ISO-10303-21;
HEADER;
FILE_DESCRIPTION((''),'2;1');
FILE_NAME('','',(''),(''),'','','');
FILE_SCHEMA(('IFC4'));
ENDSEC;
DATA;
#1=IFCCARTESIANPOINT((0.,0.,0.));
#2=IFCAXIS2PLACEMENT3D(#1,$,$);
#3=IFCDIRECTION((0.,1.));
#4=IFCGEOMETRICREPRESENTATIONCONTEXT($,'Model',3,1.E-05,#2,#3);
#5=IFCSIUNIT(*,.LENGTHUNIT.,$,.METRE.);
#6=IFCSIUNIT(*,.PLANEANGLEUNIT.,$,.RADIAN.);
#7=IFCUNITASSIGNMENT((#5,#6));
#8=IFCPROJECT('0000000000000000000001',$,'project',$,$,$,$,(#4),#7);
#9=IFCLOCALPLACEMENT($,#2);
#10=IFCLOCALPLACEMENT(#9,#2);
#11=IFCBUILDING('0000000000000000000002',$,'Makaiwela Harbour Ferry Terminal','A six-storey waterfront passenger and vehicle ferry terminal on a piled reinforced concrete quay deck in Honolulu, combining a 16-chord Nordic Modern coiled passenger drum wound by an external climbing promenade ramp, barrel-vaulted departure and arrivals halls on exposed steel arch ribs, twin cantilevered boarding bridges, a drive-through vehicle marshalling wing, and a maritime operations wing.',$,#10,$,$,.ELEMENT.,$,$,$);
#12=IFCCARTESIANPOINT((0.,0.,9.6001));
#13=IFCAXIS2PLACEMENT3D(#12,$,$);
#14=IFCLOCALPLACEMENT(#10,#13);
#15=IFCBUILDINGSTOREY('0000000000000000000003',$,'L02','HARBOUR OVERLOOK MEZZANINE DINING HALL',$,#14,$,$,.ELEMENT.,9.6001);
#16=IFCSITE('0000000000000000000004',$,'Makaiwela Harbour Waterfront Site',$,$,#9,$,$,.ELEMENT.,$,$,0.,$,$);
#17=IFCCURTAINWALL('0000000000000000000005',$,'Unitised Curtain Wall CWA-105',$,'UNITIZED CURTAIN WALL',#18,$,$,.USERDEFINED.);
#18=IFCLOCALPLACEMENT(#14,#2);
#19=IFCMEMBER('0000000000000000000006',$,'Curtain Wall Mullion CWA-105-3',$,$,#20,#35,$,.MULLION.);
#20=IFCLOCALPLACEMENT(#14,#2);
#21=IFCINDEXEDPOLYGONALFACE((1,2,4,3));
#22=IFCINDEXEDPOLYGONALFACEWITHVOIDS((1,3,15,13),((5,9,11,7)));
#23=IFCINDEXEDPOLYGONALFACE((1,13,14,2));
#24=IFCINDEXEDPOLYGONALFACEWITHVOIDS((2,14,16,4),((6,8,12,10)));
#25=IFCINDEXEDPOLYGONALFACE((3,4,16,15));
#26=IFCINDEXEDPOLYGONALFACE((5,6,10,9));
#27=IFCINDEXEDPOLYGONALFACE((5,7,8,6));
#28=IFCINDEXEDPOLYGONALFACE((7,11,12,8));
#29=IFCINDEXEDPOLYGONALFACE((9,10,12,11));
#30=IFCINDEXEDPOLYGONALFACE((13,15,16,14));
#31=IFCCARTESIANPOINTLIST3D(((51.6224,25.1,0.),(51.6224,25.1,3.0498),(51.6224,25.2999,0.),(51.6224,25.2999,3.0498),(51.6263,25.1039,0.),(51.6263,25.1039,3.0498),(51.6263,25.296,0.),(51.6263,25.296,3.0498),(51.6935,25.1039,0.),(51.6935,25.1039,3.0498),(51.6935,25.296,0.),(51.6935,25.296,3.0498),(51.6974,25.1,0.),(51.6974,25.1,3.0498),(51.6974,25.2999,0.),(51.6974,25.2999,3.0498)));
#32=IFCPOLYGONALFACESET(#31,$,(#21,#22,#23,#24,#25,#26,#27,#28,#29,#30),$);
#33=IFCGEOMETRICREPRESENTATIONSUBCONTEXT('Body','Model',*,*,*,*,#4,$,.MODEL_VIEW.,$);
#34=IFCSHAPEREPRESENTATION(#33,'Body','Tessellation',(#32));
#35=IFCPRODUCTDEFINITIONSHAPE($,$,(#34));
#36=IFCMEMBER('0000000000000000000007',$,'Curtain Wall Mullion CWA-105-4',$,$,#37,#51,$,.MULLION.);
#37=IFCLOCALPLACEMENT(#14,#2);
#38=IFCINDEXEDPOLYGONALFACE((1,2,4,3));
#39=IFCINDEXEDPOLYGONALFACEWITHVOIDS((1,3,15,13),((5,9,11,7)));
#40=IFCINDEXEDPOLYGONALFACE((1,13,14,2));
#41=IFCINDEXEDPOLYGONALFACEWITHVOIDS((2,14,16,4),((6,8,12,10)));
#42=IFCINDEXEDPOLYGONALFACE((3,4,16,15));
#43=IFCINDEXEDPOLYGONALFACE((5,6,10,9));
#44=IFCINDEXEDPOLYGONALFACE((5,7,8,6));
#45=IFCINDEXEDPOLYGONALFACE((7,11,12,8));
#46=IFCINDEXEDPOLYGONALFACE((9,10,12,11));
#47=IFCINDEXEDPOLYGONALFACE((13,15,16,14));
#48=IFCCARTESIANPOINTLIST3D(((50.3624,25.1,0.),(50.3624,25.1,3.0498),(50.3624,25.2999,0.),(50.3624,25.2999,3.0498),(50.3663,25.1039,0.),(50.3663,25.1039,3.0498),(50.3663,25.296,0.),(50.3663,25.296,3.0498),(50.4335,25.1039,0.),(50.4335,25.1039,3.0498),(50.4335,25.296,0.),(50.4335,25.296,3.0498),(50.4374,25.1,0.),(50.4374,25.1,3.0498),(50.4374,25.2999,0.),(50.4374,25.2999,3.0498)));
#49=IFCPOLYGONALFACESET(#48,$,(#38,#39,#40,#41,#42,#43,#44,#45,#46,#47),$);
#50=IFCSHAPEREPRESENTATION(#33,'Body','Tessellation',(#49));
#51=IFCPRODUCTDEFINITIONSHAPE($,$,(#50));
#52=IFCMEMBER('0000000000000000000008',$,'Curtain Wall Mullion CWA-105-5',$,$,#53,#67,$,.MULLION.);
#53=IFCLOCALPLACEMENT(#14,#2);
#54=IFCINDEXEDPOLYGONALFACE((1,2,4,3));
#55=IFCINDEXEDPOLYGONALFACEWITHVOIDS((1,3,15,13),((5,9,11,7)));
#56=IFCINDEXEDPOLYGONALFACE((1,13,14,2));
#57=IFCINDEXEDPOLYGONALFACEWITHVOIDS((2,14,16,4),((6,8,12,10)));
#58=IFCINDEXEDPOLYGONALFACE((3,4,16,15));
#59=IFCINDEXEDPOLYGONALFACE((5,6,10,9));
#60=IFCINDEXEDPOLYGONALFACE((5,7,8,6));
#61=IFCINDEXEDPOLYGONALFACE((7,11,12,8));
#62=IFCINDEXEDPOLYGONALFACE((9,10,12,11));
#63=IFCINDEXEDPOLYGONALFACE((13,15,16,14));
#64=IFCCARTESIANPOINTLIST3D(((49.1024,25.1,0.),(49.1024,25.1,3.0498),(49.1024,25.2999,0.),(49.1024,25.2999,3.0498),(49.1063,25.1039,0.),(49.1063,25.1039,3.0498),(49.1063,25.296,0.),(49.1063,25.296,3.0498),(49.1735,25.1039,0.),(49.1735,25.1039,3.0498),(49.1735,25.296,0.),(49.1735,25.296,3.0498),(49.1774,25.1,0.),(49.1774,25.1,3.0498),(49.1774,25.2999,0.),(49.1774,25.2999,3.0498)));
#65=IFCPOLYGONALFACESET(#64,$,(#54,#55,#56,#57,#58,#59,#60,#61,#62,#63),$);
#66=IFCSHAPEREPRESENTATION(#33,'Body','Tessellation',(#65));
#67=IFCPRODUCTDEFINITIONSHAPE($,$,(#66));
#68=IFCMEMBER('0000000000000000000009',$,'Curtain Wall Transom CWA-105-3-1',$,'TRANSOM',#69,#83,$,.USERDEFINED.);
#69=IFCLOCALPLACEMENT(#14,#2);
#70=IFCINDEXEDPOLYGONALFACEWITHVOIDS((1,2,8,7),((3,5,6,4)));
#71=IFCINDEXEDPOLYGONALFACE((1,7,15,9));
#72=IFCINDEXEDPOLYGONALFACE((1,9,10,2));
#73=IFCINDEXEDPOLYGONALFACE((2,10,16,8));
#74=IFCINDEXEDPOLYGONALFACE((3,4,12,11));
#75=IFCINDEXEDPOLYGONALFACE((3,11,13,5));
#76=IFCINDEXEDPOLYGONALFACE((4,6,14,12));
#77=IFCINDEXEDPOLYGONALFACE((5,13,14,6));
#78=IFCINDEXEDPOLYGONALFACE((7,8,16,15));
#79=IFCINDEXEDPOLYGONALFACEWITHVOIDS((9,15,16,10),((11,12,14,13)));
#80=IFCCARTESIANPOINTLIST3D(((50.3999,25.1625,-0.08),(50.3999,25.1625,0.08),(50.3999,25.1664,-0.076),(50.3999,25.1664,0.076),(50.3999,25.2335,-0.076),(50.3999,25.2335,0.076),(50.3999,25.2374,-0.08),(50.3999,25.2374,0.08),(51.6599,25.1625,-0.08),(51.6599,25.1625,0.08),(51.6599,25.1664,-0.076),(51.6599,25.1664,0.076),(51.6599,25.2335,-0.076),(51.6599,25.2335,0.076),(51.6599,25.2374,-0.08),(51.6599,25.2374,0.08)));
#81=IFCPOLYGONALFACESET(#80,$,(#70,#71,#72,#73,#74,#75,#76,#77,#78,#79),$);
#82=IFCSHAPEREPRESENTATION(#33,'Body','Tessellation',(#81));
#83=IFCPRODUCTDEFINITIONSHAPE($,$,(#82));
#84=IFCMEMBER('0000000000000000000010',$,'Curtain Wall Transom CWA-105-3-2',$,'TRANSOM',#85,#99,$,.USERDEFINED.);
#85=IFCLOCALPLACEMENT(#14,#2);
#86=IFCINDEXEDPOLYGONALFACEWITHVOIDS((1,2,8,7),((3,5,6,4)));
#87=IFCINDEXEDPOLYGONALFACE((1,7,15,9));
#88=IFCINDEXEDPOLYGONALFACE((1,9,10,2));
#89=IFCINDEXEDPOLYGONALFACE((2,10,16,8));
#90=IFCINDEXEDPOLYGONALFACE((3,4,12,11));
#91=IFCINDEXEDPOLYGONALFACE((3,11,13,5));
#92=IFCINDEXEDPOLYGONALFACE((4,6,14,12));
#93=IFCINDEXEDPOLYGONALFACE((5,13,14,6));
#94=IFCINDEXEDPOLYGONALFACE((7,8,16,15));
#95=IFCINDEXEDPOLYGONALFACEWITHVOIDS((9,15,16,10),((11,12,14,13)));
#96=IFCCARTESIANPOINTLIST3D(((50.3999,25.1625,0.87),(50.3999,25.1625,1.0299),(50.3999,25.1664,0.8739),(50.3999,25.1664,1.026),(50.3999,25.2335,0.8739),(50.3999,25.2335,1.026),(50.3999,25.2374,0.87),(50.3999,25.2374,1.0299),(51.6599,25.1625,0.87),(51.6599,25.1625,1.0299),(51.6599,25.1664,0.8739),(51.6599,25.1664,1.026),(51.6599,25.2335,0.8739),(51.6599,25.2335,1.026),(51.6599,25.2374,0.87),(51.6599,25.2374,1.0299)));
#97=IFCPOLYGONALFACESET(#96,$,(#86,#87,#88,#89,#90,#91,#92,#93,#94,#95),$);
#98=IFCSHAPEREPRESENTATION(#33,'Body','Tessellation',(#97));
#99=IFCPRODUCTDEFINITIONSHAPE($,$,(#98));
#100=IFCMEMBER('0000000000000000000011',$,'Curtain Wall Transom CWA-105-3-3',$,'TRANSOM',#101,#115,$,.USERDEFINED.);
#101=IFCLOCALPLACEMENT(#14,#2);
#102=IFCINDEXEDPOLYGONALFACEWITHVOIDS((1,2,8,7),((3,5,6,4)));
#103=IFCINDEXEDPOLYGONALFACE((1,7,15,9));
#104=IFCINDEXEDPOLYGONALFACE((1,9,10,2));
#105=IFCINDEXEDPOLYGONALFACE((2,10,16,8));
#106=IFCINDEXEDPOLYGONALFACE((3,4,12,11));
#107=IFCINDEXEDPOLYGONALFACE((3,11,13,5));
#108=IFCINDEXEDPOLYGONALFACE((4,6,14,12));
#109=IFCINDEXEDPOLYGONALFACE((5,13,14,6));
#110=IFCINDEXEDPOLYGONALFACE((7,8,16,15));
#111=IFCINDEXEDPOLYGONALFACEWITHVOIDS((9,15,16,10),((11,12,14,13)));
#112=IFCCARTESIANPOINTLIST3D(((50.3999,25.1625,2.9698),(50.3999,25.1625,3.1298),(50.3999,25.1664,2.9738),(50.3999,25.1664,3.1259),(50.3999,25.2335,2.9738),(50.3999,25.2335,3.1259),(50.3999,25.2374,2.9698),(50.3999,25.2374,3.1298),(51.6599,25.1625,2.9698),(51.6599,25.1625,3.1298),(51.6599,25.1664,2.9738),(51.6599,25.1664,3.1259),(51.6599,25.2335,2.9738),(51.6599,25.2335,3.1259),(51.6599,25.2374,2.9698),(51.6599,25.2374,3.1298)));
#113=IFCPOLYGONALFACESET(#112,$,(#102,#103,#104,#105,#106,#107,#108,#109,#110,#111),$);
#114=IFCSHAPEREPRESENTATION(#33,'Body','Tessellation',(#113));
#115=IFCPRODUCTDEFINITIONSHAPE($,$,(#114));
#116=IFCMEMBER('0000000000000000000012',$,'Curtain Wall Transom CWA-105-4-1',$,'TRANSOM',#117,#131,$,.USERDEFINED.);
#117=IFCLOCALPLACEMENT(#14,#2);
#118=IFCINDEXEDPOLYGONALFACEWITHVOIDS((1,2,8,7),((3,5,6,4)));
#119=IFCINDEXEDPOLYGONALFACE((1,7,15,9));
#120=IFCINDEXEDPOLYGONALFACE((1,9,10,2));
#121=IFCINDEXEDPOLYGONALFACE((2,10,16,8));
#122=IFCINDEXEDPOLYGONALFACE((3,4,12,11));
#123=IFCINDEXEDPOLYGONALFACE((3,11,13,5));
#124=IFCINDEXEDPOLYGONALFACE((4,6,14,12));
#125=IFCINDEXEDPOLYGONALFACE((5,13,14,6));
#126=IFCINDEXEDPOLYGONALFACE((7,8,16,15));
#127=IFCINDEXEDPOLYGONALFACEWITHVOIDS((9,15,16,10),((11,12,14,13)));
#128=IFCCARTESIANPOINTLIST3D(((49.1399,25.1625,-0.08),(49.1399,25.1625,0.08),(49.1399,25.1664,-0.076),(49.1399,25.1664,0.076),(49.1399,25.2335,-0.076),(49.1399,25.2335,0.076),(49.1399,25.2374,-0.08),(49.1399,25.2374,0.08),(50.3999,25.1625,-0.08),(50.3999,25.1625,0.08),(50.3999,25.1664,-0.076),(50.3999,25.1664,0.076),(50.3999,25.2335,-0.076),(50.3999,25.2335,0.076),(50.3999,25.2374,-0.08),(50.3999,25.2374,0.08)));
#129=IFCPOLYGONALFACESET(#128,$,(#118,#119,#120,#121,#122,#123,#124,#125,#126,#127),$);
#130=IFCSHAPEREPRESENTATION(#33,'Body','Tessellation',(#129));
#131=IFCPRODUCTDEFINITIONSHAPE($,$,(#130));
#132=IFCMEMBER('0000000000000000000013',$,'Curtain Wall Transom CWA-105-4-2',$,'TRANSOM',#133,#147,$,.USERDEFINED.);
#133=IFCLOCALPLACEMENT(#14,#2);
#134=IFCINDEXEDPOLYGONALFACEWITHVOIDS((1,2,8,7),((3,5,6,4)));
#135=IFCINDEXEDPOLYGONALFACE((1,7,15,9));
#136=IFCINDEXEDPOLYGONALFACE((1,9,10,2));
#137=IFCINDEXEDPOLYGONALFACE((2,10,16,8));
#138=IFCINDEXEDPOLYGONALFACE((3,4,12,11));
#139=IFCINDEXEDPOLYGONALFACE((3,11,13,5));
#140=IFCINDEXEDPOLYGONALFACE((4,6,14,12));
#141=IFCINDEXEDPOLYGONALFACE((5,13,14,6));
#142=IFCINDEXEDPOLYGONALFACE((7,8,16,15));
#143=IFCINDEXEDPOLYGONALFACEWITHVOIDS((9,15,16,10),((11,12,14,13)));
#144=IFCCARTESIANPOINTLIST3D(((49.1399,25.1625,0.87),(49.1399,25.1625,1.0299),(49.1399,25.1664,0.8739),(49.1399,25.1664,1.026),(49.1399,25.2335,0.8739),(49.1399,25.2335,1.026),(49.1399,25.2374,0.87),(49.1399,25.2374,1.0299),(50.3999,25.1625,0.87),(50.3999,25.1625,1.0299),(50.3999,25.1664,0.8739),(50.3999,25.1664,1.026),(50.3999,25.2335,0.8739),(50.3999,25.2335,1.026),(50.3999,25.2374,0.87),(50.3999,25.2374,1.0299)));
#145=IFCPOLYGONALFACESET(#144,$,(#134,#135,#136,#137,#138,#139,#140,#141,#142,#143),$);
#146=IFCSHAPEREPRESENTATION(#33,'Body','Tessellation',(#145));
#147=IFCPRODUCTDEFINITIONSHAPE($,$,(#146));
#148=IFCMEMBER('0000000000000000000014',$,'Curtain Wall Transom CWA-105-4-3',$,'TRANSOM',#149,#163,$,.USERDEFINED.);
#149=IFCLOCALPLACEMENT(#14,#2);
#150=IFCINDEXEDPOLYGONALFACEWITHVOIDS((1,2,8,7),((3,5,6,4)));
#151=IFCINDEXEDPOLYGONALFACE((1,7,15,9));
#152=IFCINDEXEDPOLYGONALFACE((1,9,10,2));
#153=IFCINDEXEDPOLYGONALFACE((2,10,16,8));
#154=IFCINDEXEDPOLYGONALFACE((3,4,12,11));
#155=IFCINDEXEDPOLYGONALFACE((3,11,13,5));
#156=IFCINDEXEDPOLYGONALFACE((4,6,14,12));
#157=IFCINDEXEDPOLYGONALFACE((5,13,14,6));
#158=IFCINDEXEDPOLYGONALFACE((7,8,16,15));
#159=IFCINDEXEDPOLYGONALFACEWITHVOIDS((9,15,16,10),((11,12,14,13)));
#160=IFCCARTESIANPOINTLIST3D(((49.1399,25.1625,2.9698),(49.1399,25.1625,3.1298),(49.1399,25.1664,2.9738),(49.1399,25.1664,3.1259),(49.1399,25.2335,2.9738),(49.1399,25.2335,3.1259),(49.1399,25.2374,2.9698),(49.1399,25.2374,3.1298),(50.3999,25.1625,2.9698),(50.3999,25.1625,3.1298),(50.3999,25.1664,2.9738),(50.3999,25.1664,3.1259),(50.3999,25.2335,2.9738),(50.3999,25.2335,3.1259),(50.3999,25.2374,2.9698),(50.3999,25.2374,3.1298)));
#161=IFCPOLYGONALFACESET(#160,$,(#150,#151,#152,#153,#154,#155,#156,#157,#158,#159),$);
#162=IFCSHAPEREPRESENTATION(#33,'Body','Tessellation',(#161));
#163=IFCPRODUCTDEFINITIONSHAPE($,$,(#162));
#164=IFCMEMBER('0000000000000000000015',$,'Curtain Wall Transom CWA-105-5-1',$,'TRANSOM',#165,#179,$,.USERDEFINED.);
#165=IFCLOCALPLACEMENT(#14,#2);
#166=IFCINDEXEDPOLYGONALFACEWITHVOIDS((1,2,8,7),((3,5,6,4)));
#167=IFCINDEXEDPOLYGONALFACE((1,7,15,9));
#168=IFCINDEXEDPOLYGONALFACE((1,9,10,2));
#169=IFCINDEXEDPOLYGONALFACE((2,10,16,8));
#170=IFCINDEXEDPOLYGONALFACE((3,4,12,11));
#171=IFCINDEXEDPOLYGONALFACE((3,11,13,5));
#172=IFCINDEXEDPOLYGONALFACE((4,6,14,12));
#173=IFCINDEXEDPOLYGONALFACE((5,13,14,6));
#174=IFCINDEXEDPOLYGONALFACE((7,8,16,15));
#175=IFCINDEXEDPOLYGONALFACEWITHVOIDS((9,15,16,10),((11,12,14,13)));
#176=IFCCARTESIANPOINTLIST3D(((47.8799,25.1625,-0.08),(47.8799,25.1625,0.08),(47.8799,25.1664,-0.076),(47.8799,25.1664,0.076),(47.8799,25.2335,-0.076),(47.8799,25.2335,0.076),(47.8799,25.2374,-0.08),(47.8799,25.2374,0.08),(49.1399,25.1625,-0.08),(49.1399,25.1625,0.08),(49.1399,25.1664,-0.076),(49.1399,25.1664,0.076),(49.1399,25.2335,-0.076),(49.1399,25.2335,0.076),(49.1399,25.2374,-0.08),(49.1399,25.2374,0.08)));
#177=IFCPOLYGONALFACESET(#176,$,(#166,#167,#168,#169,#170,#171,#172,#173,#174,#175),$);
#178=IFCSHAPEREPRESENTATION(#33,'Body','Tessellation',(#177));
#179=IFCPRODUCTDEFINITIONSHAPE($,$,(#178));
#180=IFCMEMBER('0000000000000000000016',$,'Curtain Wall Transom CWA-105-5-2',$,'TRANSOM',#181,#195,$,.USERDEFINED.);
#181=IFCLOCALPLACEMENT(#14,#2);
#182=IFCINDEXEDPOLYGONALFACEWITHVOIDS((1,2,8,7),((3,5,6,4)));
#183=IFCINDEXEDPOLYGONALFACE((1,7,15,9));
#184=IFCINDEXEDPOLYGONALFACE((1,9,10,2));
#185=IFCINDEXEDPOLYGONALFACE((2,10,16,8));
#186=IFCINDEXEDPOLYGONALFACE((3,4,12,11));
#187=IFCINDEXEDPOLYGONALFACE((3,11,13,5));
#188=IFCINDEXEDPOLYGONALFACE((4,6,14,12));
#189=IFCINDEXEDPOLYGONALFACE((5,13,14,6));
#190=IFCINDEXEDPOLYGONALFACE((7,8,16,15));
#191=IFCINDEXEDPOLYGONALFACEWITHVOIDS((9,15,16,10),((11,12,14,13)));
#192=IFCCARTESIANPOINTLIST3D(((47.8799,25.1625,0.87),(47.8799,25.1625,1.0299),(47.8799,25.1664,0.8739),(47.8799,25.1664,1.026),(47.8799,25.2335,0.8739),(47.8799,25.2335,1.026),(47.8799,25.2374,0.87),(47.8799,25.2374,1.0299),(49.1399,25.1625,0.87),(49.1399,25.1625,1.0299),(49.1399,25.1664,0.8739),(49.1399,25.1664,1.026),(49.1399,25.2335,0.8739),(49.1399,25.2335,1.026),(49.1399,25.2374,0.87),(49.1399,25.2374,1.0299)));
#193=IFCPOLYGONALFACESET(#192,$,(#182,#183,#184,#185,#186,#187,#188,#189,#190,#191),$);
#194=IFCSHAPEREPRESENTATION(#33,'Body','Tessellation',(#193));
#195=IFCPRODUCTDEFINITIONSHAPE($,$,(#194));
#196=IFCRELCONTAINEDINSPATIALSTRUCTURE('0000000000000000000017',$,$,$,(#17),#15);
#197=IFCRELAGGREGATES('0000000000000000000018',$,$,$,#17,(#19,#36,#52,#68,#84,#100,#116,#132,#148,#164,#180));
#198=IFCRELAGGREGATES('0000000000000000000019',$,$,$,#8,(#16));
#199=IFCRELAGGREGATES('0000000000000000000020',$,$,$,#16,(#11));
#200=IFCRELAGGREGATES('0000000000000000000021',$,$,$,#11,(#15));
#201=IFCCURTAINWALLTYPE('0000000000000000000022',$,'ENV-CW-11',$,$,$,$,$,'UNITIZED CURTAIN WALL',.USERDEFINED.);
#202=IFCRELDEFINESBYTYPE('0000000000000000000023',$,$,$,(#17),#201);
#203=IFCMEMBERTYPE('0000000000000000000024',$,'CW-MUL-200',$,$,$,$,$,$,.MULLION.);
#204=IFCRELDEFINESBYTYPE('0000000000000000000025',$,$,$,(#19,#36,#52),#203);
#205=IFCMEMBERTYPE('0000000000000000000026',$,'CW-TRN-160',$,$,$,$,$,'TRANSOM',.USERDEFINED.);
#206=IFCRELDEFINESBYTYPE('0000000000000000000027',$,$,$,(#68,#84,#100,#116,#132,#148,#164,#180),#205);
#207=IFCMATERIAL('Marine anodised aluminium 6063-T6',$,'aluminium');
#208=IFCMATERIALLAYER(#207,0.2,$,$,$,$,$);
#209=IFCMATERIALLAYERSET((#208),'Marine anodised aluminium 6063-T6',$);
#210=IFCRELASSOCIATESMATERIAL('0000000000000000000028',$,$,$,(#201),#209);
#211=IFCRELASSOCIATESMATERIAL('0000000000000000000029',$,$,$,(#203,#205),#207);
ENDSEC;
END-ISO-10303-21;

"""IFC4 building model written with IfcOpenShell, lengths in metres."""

from ifc_helpers import new_model, si_unit, direction, frame, origin, origin_2d, place, context, subcontext, project, spatial, hollow_rectangle, extrude, material, layer, layer_set, material_profile, profile_set, type_object, element, aggregate, save


model = new_model("IFC4")

# Units and contexts
model_context = context("Model", 3, precision=1e-05, world=origin(), true_north=direction((0.0, 1.0)))
body_context = subcontext(model_context, "Body", "Model", "MODEL_VIEW")
ifc_project = project(units=[si_unit("LENGTHUNIT", "METRE"), si_unit("PLANEANGLEUNIT", "RADIAN")], contexts=[model_context])

# Site, building, storey
site_placement = place(None, origin())
site = spatial("IfcSite", under=ifc_project, at=site_placement, Name="Makaiwela Harbour Waterfront Site", CompositionType="ELEMENT", RefElevation=0.0)
building_placement = place(site_placement, origin())
building = spatial("IfcBuilding", under=site, at=building_placement, Name="Makaiwela Harbour Ferry Terminal", Description="A six-storey waterfront passenger and vehicle ferry terminal on a piled reinforced concrete quay deck in Honolulu, combining a 16-chord Nordic Modern coiled passenger drum wound by an external climbing promenade ramp, barrel-vaulted departure and arrivals halls on exposed steel arch ribs, twin cantilevered boarding bridges, a drive-through vehicle marshalling wing, and a maritime operations wing.", CompositionType="ELEMENT")
storey_placement = place(building_placement, frame((0.0, 0.0, 9.6001)))
storey = spatial("IfcBuildingStorey", under=building, at=storey_placement, Name="L02", Description="HARBOUR OVERLOOK MEZZANINE DINING HALL", CompositionType="ELEMENT", Elevation=9.6001)

# Curtain wall, members
ifc_material_1 = material(Name="Marine anodised aluminium 6063-T6", Category="aluminium")
ifc_layer_1 = layer(ifc_material_1, 0.2)
ifc_layer_set_1 = layer_set([ifc_layer_1], Name="Marine anodised aluminium 6063-T6")
curtain_wall_type = type_object("IfcCurtainWallType", Name="ENV-CW-11", ElementType="UNITIZED CURTAIN WALL", PredefinedType="USERDEFINED", material=ifc_layer_set_1)
curtain_wall_placement = place(storey_placement, origin())
curtain_wall = element("IfcCurtainWall", 1, at=curtain_wall_placement, inside=storey, type_object=curtain_wall_type, Name="Unitised Curtain Wall CWA-105", ObjectType="UNITIZED CURTAIN WALL", PredefinedType="USERDEFINED")
ifc_material_profile_1 = material_profile(ifc_material_1, hollow_rectangle(XDim=0.075, YDim=0.2, WallThickness=0.0039, at=origin_2d()), Name="CWM-200X75")
ifc_profile_set_1 = profile_set([ifc_material_profile_1], Name="Marine anodised aluminium 6063-T6")
member_type_1 = type_object("IfcMemberType", Name="CW-MUL-200", PredefinedType="MULLION", material=ifc_profile_set_1)
member_1_placement = place(storey_placement, frame((51.6599, 25.2, 0.0), z_axis=(0.0, 0.0, 1.0), x_axis=(1.0, 0.0, 0.0)))
member_1 = element("IfcMember", 2, at=member_1_placement, type_object=member_type_1, Name="Curtain Wall Mullion CWA-105-3", PredefinedType="MULLION", context=body_context, shape_type="SweptSolid", body=[
    extrude(hollow_rectangle(XDim=0.075, YDim=0.2, WallThickness=0.0039, at=origin_2d()), origin(), (0.0, 0.0, 1.0), 3.0498),
])
member_2_placement = place(storey_placement, frame((50.3999, 25.2, 0.0), z_axis=(0.0, 0.0, 1.0), x_axis=(1.0, 0.0, 0.0)))
member_2 = element("IfcMember", 3, at=member_2_placement, type_object=member_type_1, Name="Curtain Wall Mullion CWA-105-4", PredefinedType="MULLION", context=body_context, shape_type="SweptSolid", body=[
    extrude(hollow_rectangle(XDim=0.075, YDim=0.2, WallThickness=0.0039, at=origin_2d()), origin(), (0.0, 0.0, 1.0), 3.0498),
])
member_3_placement = place(storey_placement, frame((49.1399, 25.2, 0.0), z_axis=(0.0, 0.0, 1.0), x_axis=(1.0, 0.0, 0.0)))
member_3 = element("IfcMember", 4, at=member_3_placement, type_object=member_type_1, Name="Curtain Wall Mullion CWA-105-5", PredefinedType="MULLION", context=body_context, shape_type="SweptSolid", body=[
    extrude(hollow_rectangle(XDim=0.075, YDim=0.2, WallThickness=0.0039, at=origin_2d()), origin(), (0.0, 0.0, 1.0), 3.0498),
])
ifc_material_profile_2 = material_profile(ifc_material_1, hollow_rectangle(XDim=0.075, YDim=0.1599, WallThickness=0.0039, at=origin_2d()), Name="CWT-160X75")
ifc_profile_set_2 = profile_set([ifc_material_profile_2], Name="Marine anodised aluminium 6063-T6")
member_type_2 = type_object("IfcMemberType", Name="CW-TRN-160", ElementType="TRANSOM", PredefinedType="USERDEFINED", material=ifc_profile_set_2)
member_4_placement = place(storey_placement, frame((51.6599, 25.2, 0.0), z_axis=(-1.0, 0.0, 0.0), x_axis=(0.0, -1.0, 0.0)))
member_4 = element("IfcMember", 5, at=member_4_placement, type_object=member_type_2, Name="Curtain Wall Transom CWA-105-3-1", ObjectType="TRANSOM", PredefinedType="USERDEFINED", context=body_context, shape_type="SweptSolid", body=[
    extrude(hollow_rectangle(XDim=0.075, YDim=0.1599, WallThickness=0.0039, at=origin_2d()), origin(), (0.0, 0.0, 1.0), 1.26),
])
member_5_placement = place(storey_placement, frame((51.6599, 25.2, 0.95), z_axis=(-1.0, 0.0, 0.0), x_axis=(0.0, -1.0, 0.0)))
member_5 = element("IfcMember", 6, at=member_5_placement, type_object=member_type_2, Name="Curtain Wall Transom CWA-105-3-2", ObjectType="TRANSOM", PredefinedType="USERDEFINED", context=body_context, shape_type="SweptSolid", body=[
    extrude(hollow_rectangle(XDim=0.075, YDim=0.1599, WallThickness=0.0039, at=origin_2d()), origin(), (0.0, 0.0, 1.0), 1.26),
])
member_6_placement = place(storey_placement, frame((51.6599, 25.2, 3.0498), z_axis=(-1.0, 0.0, 0.0), x_axis=(0.0, -1.0, 0.0)))
member_6 = element("IfcMember", 7, at=member_6_placement, type_object=member_type_2, Name="Curtain Wall Transom CWA-105-3-3", ObjectType="TRANSOM", PredefinedType="USERDEFINED", context=body_context, shape_type="SweptSolid", body=[
    extrude(hollow_rectangle(XDim=0.075, YDim=0.1599, WallThickness=0.0039, at=origin_2d()), origin(), (0.0, 0.0, 1.0), 1.26),
])
member_7_placement = place(storey_placement, frame((50.3999, 25.2, 0.0), z_axis=(-1.0, 0.0, 0.0), x_axis=(0.0, -1.0, 0.0)))
member_7 = element("IfcMember", 8, at=member_7_placement, type_object=member_type_2, Name="Curtain Wall Transom CWA-105-4-1", ObjectType="TRANSOM", PredefinedType="USERDEFINED", context=body_context, shape_type="SweptSolid", body=[
    extrude(hollow_rectangle(XDim=0.075, YDim=0.1599, WallThickness=0.0039, at=origin_2d()), origin(), (0.0, 0.0, 1.0), 1.26),
])
member_8_placement = place(storey_placement, frame((50.3999, 25.2, 0.95), z_axis=(-1.0, 0.0, 0.0), x_axis=(0.0, -1.0, 0.0)))
member_8 = element("IfcMember", 9, at=member_8_placement, type_object=member_type_2, Name="Curtain Wall Transom CWA-105-4-2", ObjectType="TRANSOM", PredefinedType="USERDEFINED", context=body_context, shape_type="SweptSolid", body=[
    extrude(hollow_rectangle(XDim=0.075, YDim=0.1599, WallThickness=0.0039, at=origin_2d()), origin(), (0.0, 0.0, 1.0), 1.26),
])
member_9_placement = place(storey_placement, frame((50.3999, 25.2, 3.0498), z_axis=(-1.0, 0.0, 0.0), x_axis=(0.0, -1.0, 0.0)))
member_9 = element("IfcMember", 10, at=member_9_placement, type_object=member_type_2, Name="Curtain Wall Transom CWA-105-4-3", ObjectType="TRANSOM", PredefinedType="USERDEFINED", context=body_context, shape_type="SweptSolid", body=[
    extrude(hollow_rectangle(XDim=0.075, YDim=0.1599, WallThickness=0.0039, at=origin_2d()), origin(), (0.0, 0.0, 1.0), 1.26),
])
member_10_placement = place(storey_placement, frame((49.1399, 25.2, 0.0), z_axis=(-1.0, 0.0, 0.0), x_axis=(0.0, -1.0, 0.0)))
member_10 = element("IfcMember", 11, at=member_10_placement, type_object=member_type_2, Name="Curtain Wall Transom CWA-105-5-1", ObjectType="TRANSOM", PredefinedType="USERDEFINED", context=body_context, shape_type="SweptSolid", body=[
    extrude(hollow_rectangle(XDim=0.075, YDim=0.1599, WallThickness=0.0039, at=origin_2d()), origin(), (0.0, 0.0, 1.0), 1.26),
])
member_11_placement = place(storey_placement, frame((49.1399, 25.2, 0.95), z_axis=(-1.0, 0.0, 0.0), x_axis=(0.0, -1.0, 0.0)))
member_11 = element("IfcMember", 12, at=member_11_placement, type_object=member_type_2, Name="Curtain Wall Transom CWA-105-5-2", ObjectType="TRANSOM", PredefinedType="USERDEFINED", context=body_context, shape_type="SweptSolid", body=[
    extrude(hollow_rectangle(XDim=0.075, YDim=0.1599, WallThickness=0.0039, at=origin_2d()), origin(), (0.0, 0.0, 1.0), 1.26),
])
aggregate(curtain_wall, [member_1, member_2, member_3, member_4, member_5, member_6, member_7, member_8, member_9, member_10, member_11])

save(model, "model.ifc")
